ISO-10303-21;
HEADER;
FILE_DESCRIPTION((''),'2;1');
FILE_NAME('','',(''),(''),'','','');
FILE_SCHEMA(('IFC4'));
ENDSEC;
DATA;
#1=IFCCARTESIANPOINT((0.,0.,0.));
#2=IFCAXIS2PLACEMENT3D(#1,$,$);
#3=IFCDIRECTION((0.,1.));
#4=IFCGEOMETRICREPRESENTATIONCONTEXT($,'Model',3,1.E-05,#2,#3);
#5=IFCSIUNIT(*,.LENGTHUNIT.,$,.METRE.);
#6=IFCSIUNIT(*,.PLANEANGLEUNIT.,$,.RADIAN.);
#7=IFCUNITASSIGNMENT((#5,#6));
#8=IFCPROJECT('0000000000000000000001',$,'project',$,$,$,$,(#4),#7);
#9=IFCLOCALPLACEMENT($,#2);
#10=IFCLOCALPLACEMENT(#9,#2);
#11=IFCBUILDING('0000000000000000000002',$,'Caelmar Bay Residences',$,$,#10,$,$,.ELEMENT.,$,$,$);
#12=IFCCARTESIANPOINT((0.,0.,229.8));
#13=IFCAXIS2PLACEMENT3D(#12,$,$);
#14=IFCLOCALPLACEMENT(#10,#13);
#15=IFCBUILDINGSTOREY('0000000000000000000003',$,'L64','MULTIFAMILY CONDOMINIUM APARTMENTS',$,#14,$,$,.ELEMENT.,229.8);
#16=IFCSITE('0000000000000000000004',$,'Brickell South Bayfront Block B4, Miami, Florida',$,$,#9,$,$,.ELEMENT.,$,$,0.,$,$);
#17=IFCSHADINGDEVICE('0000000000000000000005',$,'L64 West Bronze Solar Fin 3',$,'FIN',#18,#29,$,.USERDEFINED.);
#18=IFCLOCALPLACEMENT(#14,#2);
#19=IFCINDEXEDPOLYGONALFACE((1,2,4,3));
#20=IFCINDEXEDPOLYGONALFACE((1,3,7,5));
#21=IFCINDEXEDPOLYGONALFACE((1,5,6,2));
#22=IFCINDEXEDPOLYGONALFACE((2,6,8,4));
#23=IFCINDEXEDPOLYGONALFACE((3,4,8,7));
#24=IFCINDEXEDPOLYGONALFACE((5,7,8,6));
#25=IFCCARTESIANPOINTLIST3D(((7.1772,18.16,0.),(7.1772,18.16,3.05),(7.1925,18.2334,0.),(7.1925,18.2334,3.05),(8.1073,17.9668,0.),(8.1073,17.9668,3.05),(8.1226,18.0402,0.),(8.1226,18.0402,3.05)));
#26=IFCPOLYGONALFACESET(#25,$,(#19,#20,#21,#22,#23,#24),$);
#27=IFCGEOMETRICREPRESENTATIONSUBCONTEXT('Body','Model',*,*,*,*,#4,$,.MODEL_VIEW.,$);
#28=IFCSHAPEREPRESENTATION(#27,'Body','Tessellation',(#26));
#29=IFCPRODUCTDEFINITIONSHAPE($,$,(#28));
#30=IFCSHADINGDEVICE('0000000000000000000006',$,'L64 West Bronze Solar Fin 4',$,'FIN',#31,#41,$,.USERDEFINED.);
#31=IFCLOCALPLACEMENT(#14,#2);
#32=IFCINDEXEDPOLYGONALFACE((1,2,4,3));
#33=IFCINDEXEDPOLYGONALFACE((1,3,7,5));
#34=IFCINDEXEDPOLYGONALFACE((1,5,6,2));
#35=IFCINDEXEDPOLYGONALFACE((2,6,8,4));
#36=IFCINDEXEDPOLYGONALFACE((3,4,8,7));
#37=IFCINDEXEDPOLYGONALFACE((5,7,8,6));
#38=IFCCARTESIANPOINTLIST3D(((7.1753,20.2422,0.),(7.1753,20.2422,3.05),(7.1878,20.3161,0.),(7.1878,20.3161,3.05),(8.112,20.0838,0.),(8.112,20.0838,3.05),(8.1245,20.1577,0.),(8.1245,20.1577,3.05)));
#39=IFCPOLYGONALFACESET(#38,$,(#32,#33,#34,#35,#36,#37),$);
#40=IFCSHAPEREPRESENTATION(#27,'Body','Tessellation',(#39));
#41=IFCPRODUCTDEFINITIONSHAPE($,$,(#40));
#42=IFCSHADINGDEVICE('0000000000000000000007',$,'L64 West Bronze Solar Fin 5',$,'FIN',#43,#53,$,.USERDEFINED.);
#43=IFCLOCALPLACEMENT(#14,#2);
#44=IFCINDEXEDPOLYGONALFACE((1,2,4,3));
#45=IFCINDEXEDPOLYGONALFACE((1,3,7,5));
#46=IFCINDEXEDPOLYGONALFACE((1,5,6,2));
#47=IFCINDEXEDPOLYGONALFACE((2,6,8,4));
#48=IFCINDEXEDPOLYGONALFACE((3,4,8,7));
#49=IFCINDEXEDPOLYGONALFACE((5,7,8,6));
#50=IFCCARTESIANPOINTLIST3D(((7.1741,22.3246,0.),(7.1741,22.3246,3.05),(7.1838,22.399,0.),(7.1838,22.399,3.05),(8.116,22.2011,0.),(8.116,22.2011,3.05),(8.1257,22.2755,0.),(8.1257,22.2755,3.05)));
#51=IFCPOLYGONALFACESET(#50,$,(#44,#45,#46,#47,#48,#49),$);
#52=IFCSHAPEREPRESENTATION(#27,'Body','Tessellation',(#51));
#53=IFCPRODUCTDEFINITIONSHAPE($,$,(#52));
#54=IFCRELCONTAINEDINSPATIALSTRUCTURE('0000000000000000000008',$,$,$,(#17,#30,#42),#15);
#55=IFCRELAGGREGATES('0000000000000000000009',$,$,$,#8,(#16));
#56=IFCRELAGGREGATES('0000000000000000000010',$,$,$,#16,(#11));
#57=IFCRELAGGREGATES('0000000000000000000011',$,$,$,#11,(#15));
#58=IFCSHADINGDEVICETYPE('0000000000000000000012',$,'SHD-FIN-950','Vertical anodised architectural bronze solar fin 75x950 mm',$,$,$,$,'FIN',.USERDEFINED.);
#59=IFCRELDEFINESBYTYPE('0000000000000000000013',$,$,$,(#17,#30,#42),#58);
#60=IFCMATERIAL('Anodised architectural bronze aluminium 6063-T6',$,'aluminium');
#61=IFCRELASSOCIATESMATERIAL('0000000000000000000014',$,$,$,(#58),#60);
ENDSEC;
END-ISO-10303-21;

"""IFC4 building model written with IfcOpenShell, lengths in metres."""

from ifc_helpers import new_model, si_unit, direction, frame, origin, origin_2d, place, context, subcontext, project, spatial, rectangle, extrude, material, material_profile, profile_set, type_object, element, save


model = new_model("IFC4")

# Units and contexts
model_context = context("Model", 3, precision=1e-05, world=origin(), true_north=direction((0.0, 1.0)))
body_context = subcontext(model_context, "Body", "Model", "MODEL_VIEW")
ifc_project = project(units=[si_unit("LENGTHUNIT", "METRE"), si_unit("PLANEANGLEUNIT", "RADIAN")], contexts=[model_context])

# Site, building, storey
site_placement = place(None, origin())
site = spatial("IfcSite", under=ifc_project, at=site_placement, Name="Brickell South Bayfront Block B4, Miami, Florida", CompositionType="ELEMENT", RefElevation=0.0)
building_placement = place(site_placement, origin())
building = spatial("IfcBuilding", under=site, at=building_placement, Name="Caelmar Bay Residences", CompositionType="ELEMENT")
storey_placement = place(building_placement, frame((0.0, 0.0, 229.8)))
storey = spatial("IfcBuildingStorey", under=building, at=storey_placement, Name="L64", Description="MULTIFAMILY CONDOMINIUM APARTMENTS", CompositionType="ELEMENT", Elevation=229.8)

# Shading devices
ifc_material_1 = material(Name="Anodised architectural bronze aluminium 6063-T6", Category="aluminium")
ifc_material_profile_1 = material_profile(ifc_material_1, rectangle(XDim=0.075, YDim=0.95, at=origin_2d()), Name="BRONZE-FIN-75X950")
ifc_profile_set_1 = profile_set([ifc_material_profile_1], Name="Anodised architectural bronze aluminium 6063-T6")
shading_device_type = type_object("IfcShadingDeviceType", Name="SHD-FIN-950", Description="Vertical anodised architectural bronze solar fin 75x950 mm", ElementType="FIN", PredefinedType="USERDEFINED", material=ifc_profile_set_1)
for number, where, z_axis, x_axis, name in (
    (1, (7.6499, 18.1001, 0.0), (0.0, 0.0, 1.0), (0.2033, 0.979116, 0.0), "L64 West Bronze Solar Fin 3"),
    (2, (7.6499, 20.2, 0.0), (0.0, 0.0, 1.0), (0.166769, 0.985996, 0.0), "L64 West Bronze Solar Fin 4"),
    (3, (7.6499, 22.3, 0.0), (0.0, 0.0, 1.0), (0.130007, 0.991513, 0.0), "L64 West Bronze Solar Fin 5"),
):
    element("IfcShadingDevice", number, at=place(storey_placement, frame(where, z_axis=z_axis, x_axis=x_axis)), inside=storey, type_object=shading_device_type, Name=name, ObjectType="FIN", PredefinedType="USERDEFINED", context=body_context, shape_type="SweptSolid", body=[
        extrude(rectangle(XDim=0.075, YDim=0.95, at=origin_2d()), origin(), (0.0, 0.0, 1.0), 3.05),
    ])

save(model, "model.ifc")
